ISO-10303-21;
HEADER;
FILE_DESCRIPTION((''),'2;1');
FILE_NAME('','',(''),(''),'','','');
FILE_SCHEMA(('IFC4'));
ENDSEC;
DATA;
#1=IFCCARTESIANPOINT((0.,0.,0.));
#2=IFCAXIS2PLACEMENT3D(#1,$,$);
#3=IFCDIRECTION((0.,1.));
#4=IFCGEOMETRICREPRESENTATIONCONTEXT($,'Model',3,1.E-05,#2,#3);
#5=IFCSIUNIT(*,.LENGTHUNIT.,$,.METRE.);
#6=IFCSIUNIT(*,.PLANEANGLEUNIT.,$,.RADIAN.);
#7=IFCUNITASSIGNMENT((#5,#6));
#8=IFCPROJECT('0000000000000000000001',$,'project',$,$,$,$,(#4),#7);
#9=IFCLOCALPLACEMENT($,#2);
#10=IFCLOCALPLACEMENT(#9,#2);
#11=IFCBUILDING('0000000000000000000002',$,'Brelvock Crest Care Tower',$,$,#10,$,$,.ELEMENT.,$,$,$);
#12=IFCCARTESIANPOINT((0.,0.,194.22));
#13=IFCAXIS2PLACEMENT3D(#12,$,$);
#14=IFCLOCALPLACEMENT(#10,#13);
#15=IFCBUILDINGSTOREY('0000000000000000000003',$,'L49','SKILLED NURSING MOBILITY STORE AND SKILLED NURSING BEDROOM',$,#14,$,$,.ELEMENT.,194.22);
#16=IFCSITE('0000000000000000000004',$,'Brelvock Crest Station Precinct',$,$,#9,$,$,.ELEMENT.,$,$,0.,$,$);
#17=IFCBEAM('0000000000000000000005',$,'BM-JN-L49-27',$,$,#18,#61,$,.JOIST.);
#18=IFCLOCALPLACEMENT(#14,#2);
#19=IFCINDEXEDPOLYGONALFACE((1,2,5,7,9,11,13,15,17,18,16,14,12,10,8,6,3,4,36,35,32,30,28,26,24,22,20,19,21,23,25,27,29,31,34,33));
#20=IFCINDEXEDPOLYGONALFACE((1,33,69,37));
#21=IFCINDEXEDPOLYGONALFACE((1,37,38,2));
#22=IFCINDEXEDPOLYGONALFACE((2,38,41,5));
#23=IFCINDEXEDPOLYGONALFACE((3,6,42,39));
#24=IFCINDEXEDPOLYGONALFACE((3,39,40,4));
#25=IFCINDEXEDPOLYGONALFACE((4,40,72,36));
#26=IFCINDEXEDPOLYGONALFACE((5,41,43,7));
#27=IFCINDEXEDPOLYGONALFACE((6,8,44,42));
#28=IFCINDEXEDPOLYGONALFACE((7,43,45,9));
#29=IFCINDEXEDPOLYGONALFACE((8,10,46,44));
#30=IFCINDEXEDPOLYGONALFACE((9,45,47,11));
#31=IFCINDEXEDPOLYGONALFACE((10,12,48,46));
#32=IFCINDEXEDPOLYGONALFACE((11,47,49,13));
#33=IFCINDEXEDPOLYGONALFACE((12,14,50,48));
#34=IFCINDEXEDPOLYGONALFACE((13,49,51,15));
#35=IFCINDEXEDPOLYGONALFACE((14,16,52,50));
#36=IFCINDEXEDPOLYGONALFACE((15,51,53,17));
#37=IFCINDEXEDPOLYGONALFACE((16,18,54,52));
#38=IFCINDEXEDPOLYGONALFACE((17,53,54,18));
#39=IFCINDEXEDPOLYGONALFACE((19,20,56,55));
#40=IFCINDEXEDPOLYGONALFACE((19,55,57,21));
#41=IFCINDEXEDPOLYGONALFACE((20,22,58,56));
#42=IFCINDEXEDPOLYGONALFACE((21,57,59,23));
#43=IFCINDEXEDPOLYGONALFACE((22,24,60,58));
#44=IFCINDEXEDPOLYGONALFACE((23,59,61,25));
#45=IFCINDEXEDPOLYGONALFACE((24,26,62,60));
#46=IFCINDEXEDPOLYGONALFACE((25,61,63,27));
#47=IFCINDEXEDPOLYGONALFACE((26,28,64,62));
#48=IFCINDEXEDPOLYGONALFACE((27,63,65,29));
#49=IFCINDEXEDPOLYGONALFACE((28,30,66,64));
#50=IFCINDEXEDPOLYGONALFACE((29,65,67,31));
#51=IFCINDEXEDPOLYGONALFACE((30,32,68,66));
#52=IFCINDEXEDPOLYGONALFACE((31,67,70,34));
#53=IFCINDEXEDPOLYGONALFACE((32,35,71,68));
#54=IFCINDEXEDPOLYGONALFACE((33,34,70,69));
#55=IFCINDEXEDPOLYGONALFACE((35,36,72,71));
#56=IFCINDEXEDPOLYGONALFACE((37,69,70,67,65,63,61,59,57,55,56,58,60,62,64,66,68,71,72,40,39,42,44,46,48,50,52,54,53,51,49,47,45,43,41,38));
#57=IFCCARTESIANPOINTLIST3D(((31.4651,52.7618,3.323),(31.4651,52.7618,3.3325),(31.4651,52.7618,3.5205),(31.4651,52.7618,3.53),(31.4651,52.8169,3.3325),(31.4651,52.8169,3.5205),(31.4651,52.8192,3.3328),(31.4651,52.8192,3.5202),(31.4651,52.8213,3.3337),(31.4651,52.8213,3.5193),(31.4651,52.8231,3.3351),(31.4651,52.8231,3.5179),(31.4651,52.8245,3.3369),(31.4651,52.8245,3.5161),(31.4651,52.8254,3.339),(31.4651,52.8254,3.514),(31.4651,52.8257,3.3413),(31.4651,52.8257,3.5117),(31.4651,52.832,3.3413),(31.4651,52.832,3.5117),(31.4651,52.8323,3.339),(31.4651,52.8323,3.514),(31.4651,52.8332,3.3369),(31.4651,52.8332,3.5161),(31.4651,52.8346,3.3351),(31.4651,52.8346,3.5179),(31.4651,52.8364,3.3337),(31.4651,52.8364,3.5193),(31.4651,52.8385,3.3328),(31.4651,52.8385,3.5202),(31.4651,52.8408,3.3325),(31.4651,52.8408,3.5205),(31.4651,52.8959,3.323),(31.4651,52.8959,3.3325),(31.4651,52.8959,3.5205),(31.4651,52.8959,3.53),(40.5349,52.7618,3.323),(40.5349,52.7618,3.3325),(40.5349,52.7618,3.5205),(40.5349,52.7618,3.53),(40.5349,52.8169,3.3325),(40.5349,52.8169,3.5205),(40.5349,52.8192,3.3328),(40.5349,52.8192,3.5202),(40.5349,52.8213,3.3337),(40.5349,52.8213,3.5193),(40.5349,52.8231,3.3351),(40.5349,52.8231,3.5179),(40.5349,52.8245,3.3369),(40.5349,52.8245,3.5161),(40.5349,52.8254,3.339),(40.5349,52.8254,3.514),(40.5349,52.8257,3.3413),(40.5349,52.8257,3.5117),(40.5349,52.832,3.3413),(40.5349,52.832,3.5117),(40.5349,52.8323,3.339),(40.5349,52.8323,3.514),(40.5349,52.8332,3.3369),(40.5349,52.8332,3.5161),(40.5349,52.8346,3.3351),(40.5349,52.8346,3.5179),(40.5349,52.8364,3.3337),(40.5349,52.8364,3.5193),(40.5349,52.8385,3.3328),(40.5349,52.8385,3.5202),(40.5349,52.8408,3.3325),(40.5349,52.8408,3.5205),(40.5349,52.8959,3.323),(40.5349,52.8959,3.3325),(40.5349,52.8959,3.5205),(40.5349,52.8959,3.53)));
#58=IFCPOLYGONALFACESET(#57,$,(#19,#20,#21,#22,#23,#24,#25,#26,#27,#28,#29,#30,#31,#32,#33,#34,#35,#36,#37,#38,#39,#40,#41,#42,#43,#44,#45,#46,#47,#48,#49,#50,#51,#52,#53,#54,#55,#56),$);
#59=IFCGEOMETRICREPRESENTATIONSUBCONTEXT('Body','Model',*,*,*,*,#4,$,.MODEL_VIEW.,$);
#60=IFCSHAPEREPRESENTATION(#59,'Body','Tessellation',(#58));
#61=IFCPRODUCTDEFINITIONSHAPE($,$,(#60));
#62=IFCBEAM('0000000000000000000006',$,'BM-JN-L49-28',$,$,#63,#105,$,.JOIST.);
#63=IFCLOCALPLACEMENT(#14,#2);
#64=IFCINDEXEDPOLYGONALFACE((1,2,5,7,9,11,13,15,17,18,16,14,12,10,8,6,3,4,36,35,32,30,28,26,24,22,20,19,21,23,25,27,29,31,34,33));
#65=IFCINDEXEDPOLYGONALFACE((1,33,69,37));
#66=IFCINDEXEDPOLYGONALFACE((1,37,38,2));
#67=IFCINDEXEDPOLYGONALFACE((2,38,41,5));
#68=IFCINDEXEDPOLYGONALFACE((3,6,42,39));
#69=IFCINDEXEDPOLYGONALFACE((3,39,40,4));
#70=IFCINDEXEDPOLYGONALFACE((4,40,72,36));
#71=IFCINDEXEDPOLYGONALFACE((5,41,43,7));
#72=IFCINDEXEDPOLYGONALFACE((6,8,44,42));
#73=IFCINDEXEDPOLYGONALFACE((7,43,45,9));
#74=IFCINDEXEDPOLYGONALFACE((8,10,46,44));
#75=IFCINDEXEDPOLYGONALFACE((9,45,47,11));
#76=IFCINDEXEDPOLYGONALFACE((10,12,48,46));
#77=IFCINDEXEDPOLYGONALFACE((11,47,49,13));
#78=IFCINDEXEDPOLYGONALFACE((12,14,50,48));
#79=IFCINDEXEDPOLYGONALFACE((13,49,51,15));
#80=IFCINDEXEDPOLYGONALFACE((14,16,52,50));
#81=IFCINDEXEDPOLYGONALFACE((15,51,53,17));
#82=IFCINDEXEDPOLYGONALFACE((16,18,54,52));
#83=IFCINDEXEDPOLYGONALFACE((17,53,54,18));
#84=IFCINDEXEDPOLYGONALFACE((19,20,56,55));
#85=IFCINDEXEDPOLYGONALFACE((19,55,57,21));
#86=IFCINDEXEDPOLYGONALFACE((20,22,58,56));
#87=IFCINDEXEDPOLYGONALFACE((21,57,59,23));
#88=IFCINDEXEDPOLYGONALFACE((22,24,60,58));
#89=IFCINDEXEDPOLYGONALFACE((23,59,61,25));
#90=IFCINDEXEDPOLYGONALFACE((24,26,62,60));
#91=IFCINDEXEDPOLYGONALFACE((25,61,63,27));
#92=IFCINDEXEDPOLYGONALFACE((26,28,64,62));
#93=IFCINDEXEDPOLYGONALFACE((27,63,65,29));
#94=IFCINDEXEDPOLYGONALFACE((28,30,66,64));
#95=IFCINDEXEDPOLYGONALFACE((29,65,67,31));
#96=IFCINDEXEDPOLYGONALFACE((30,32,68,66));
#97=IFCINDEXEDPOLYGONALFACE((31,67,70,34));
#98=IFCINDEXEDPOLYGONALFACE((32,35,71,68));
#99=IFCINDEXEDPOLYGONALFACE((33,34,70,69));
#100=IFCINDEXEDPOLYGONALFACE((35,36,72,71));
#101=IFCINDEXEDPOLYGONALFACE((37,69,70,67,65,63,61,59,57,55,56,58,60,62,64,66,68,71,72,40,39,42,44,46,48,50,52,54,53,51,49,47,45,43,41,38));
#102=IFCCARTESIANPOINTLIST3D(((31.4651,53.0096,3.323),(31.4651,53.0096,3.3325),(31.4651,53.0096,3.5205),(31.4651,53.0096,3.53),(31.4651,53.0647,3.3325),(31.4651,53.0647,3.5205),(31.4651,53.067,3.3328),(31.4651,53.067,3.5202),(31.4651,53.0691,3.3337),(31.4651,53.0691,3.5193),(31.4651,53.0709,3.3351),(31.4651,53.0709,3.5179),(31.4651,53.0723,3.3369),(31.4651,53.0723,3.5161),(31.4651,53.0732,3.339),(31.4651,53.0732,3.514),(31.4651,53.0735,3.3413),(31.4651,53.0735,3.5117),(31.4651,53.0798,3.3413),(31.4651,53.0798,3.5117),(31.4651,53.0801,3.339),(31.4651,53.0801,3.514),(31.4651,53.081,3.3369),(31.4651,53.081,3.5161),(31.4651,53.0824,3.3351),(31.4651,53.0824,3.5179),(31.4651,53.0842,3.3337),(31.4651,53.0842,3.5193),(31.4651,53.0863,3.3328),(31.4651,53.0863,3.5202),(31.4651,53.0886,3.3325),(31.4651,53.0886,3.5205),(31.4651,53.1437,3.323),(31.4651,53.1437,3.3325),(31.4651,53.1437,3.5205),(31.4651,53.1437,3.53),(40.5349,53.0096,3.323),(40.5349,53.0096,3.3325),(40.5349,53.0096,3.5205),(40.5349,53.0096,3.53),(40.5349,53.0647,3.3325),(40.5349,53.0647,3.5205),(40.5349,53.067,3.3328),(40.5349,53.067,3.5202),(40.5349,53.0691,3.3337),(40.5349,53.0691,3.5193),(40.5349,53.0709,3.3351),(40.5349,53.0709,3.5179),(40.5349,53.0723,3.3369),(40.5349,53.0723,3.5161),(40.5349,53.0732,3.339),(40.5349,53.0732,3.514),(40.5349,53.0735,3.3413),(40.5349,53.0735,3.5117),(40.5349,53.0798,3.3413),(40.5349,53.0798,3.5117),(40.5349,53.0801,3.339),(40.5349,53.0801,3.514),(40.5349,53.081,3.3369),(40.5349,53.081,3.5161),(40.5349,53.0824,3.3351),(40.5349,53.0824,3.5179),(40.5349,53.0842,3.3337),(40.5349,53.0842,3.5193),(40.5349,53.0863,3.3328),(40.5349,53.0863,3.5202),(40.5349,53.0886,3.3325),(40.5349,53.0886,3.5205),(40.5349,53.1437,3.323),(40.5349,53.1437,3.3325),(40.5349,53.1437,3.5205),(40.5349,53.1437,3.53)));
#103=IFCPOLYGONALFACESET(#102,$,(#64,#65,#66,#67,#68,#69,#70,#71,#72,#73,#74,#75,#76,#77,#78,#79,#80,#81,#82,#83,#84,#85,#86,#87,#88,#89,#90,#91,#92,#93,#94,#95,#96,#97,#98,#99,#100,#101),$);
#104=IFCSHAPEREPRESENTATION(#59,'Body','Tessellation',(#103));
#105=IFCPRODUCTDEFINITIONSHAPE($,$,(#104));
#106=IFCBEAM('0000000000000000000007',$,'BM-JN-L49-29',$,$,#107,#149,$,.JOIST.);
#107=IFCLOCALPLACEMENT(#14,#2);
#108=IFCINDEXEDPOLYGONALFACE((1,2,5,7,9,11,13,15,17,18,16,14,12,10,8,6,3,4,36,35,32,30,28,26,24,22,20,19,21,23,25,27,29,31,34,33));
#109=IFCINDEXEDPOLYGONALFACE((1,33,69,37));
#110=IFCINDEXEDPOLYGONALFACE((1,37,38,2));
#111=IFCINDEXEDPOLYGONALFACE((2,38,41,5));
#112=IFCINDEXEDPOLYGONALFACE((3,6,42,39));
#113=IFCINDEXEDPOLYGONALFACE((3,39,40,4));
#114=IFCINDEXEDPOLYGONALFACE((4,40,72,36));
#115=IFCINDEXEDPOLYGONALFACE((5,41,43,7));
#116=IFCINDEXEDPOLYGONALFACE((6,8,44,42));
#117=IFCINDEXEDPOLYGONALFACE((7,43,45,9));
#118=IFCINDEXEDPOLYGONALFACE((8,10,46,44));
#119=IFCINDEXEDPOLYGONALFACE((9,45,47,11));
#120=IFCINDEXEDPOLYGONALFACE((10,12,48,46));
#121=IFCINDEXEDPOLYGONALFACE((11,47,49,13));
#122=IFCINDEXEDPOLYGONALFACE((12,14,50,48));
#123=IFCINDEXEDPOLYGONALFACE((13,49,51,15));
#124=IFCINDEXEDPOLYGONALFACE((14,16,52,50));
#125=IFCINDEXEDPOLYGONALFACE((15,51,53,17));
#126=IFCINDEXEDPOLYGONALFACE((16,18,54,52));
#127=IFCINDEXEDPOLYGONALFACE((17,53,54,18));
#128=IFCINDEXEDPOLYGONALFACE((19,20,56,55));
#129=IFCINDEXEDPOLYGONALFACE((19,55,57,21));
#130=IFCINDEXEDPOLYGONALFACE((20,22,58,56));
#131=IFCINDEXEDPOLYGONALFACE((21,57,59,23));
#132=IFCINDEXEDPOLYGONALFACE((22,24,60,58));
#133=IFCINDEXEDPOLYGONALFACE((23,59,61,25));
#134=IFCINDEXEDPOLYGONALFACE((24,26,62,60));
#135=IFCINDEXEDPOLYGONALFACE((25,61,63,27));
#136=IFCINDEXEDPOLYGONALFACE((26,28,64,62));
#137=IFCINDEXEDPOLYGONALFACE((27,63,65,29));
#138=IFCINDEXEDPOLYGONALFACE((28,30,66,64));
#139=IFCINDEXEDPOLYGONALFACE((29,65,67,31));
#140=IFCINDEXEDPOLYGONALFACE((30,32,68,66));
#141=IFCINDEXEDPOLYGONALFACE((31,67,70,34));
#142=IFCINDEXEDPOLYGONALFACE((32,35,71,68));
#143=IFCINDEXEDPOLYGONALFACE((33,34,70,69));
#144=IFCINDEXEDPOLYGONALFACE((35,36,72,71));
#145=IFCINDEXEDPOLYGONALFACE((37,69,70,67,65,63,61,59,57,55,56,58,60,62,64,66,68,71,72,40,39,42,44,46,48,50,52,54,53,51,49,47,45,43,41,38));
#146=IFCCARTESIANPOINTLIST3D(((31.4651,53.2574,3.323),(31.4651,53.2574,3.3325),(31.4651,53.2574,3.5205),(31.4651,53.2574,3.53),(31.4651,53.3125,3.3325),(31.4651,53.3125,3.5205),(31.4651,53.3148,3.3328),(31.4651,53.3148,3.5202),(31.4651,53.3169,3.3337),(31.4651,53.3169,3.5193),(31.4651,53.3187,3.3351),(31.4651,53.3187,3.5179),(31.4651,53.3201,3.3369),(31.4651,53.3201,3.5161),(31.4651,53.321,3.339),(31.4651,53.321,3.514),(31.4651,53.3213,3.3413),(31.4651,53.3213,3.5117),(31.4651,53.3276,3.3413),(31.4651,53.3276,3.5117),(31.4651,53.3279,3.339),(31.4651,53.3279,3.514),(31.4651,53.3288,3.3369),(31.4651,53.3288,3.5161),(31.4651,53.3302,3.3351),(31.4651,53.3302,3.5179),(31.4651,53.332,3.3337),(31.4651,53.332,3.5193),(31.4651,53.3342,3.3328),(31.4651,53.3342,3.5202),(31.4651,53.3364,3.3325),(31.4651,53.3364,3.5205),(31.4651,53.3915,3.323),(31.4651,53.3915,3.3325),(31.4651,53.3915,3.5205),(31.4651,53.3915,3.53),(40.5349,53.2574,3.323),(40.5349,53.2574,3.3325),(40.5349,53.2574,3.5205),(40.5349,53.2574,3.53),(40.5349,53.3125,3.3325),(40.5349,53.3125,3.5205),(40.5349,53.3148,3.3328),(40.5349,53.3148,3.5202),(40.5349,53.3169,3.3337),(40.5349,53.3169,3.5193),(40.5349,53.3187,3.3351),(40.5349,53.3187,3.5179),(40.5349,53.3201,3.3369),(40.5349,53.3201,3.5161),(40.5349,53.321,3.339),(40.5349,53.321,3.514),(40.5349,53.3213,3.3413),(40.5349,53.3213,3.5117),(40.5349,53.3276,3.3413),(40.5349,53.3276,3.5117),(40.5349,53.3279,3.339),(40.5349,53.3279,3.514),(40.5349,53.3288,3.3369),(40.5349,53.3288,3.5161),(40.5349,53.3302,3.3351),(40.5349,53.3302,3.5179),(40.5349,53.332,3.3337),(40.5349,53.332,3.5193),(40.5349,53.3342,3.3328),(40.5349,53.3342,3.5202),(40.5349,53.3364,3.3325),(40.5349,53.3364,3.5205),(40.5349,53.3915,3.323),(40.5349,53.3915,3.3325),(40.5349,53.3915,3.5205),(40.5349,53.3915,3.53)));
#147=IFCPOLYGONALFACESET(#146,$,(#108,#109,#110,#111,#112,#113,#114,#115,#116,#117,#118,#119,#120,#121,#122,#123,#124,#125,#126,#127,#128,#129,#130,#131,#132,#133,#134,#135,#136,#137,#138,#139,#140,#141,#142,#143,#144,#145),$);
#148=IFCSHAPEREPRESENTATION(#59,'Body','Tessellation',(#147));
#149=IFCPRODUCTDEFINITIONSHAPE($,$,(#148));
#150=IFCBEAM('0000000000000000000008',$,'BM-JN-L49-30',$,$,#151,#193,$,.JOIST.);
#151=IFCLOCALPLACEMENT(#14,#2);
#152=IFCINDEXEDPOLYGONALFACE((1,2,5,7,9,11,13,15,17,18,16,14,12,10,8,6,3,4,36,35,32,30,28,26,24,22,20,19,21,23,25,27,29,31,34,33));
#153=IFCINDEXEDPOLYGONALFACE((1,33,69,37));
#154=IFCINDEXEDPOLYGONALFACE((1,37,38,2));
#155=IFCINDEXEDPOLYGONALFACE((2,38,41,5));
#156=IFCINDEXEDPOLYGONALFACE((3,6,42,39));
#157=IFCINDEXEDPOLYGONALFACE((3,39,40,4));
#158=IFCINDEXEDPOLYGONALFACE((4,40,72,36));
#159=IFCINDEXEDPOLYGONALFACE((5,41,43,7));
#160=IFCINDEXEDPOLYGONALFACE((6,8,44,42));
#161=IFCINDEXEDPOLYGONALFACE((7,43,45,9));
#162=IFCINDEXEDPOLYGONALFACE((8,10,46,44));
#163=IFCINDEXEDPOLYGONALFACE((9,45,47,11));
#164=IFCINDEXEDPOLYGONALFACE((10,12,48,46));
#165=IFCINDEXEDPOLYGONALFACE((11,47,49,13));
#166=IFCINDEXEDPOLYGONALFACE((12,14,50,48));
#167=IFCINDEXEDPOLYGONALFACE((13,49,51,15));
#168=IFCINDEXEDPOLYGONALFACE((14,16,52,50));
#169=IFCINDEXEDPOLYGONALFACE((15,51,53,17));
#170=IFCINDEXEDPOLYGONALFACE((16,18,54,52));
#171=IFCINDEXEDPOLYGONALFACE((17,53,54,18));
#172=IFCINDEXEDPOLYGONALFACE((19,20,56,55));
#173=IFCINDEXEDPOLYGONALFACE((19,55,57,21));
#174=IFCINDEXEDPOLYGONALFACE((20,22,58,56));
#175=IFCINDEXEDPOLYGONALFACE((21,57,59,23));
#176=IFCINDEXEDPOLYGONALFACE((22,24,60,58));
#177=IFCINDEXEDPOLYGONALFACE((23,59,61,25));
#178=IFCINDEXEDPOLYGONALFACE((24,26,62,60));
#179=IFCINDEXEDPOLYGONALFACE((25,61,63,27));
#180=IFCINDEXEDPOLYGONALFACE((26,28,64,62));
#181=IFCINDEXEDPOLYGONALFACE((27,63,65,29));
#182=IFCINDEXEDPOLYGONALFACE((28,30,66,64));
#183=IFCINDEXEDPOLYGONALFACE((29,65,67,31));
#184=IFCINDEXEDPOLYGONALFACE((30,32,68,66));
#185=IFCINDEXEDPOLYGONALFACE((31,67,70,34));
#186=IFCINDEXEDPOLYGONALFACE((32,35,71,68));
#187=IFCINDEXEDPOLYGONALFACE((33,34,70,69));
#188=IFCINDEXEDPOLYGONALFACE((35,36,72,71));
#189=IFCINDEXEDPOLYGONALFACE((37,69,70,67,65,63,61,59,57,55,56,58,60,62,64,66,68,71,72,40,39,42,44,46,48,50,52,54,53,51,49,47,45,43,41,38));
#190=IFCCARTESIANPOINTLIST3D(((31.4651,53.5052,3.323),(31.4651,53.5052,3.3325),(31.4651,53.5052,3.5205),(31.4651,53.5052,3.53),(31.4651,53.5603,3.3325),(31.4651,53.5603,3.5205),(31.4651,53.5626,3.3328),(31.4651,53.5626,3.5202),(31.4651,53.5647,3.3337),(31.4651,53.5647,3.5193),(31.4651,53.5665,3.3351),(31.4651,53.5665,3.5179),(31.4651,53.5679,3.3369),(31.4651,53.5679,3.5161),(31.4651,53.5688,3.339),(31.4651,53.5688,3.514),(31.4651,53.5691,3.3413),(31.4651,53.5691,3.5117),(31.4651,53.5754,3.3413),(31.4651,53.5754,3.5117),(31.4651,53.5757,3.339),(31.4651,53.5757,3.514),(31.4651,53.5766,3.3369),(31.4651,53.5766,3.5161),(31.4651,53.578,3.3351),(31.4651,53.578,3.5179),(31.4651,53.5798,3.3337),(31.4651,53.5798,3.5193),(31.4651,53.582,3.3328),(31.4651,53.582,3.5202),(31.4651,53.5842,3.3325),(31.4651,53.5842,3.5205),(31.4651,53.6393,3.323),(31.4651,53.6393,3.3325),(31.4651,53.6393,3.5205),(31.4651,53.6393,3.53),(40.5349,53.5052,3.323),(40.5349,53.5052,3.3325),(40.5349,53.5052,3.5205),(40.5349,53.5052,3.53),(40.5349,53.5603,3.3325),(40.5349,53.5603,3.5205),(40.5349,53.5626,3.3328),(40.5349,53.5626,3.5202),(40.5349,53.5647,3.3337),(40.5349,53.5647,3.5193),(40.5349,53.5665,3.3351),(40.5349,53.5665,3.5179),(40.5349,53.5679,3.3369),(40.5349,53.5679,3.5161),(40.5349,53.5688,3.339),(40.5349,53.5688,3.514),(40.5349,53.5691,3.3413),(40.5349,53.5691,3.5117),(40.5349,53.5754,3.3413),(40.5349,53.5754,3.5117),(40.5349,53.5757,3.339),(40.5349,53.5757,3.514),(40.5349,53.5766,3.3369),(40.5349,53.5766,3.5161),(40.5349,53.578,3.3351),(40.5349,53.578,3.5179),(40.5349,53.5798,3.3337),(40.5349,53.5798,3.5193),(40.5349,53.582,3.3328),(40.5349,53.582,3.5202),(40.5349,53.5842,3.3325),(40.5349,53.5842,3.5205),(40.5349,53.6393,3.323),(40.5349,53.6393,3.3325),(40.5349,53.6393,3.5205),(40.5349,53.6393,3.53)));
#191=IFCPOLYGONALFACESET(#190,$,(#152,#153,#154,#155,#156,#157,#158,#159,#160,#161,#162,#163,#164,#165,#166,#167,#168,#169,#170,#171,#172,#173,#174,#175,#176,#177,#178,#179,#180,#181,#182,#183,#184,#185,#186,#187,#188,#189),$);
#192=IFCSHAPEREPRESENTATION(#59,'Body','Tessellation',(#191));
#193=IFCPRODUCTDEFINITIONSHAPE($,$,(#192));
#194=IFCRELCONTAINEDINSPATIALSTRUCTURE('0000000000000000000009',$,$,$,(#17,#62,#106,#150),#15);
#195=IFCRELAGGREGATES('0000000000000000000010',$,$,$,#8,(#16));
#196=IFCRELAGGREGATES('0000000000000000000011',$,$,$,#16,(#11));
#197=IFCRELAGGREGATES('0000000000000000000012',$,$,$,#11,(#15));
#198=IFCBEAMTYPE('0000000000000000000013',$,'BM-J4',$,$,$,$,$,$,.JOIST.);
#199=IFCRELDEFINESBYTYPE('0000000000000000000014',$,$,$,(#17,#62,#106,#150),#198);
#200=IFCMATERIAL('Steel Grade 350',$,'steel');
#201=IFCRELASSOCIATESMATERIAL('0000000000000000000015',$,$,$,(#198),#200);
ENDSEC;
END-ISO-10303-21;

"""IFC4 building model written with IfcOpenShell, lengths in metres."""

from ifc_helpers import new_model, si_unit, direction, frame, origin, origin_2d, place, context, subcontext, project, spatial, i_section, extrude, source, transform, mapped, material, material_profile, profile_set, type_object, element, save


model = new_model("IFC4")

# Units and contexts
model_context = context("Model", 3, precision=1e-05, world=origin(), true_north=direction((0.0, 1.0)))
body_context = subcontext(model_context, "Body", "Model", "MODEL_VIEW")
ifc_project = project(units=[si_unit("LENGTHUNIT", "METRE"), si_unit("PLANEANGLEUNIT", "RADIAN")], contexts=[model_context])

# Site, building, storey
site_placement = place(None, origin())
site = spatial("IfcSite", under=ifc_project, at=site_placement, Name="Brelvock Crest Station Precinct", CompositionType="ELEMENT", RefElevation=0.0)
building_placement = place(site_placement, origin())
building = spatial("IfcBuilding", under=site, at=building_placement, Name="Brelvock Crest Care Tower", CompositionType="ELEMENT")
storey_placement = place(building_placement, frame((0.0, 0.0, 194.22)))
storey = spatial("IfcBuildingStorey", under=building, at=storey_placement, Name="L49", Description="SKILLED NURSING MOBILITY STORE AND SKILLED NURSING BEDROOM", CompositionType="ELEMENT", Elevation=194.22)

# Shared definitions
ifc_material_1 = material(Name="Steel Grade 350", Category="steel")

# Beams
ifc_material_profile_1 = material_profile(ifc_material_1, i_section(OverallWidth=0.134, OverallDepth=0.207, WebThickness=0.0063, FlangeThickness=0.0095, FilletRadius=0.0088, at=origin_2d()), Name="200UB29.8")
ifc_profile_set_1 = profile_set([ifc_material_profile_1], Name="Steel Grade 350")
beam_type_1 = type_object("IfcBeamType", Name="BM-J4", PredefinedType="JOIST", material=ifc_profile_set_1)
shared_shape_1 = source(origin(), body_context, "Body", "SweptSolid", [
    extrude(i_section(OverallWidth=0.134, OverallDepth=0.207, WebThickness=0.0063, FlangeThickness=0.0095, FilletRadius=0.0088, at=origin_2d()), origin(), (0.0, 0.0, 1.0), 9.0698),
])
for number, where, z_axis, x_axis, name in (
    (1, (31.4651, 52.8289, 3.4265), (1.0, 0.0, 0.0), (0.0, 1.0, 0.0), "BM-JN-L49-27"),
    (2, (31.4651, 53.0767, 3.4265), (1.0, 0.0, 0.0), (0.0, 1.0, 0.0), "BM-JN-L49-28"),
    (3, (31.4651, 53.3245, 3.4265), (1.0, 0.0, 0.0), (0.0, 1.0, 0.0), "BM-JN-L49-29"),
    (4, (31.4651, 53.5723, 3.4265), (1.0, 0.0, 0.0), (0.0, 1.0, 0.0), "BM-JN-L49-30"),
):
    element("IfcBeam", number, at=place(storey_placement, frame(where, z_axis=z_axis, x_axis=x_axis)), inside=storey, type_object=beam_type_1, Name=name, PredefinedType="JOIST", context=body_context, shape_type="MappedRepresentation", body=[
        mapped(shared_shape_1, transform((0.0, 0.0, 0.0), x_axis=(1.0, 0.0, 0.0), y_axis=(0.0, 1.0, 0.0), z_axis=(0.0, 0.0, 1.0), scale=1.0)),
    ])

save(model, "model.ifc")
